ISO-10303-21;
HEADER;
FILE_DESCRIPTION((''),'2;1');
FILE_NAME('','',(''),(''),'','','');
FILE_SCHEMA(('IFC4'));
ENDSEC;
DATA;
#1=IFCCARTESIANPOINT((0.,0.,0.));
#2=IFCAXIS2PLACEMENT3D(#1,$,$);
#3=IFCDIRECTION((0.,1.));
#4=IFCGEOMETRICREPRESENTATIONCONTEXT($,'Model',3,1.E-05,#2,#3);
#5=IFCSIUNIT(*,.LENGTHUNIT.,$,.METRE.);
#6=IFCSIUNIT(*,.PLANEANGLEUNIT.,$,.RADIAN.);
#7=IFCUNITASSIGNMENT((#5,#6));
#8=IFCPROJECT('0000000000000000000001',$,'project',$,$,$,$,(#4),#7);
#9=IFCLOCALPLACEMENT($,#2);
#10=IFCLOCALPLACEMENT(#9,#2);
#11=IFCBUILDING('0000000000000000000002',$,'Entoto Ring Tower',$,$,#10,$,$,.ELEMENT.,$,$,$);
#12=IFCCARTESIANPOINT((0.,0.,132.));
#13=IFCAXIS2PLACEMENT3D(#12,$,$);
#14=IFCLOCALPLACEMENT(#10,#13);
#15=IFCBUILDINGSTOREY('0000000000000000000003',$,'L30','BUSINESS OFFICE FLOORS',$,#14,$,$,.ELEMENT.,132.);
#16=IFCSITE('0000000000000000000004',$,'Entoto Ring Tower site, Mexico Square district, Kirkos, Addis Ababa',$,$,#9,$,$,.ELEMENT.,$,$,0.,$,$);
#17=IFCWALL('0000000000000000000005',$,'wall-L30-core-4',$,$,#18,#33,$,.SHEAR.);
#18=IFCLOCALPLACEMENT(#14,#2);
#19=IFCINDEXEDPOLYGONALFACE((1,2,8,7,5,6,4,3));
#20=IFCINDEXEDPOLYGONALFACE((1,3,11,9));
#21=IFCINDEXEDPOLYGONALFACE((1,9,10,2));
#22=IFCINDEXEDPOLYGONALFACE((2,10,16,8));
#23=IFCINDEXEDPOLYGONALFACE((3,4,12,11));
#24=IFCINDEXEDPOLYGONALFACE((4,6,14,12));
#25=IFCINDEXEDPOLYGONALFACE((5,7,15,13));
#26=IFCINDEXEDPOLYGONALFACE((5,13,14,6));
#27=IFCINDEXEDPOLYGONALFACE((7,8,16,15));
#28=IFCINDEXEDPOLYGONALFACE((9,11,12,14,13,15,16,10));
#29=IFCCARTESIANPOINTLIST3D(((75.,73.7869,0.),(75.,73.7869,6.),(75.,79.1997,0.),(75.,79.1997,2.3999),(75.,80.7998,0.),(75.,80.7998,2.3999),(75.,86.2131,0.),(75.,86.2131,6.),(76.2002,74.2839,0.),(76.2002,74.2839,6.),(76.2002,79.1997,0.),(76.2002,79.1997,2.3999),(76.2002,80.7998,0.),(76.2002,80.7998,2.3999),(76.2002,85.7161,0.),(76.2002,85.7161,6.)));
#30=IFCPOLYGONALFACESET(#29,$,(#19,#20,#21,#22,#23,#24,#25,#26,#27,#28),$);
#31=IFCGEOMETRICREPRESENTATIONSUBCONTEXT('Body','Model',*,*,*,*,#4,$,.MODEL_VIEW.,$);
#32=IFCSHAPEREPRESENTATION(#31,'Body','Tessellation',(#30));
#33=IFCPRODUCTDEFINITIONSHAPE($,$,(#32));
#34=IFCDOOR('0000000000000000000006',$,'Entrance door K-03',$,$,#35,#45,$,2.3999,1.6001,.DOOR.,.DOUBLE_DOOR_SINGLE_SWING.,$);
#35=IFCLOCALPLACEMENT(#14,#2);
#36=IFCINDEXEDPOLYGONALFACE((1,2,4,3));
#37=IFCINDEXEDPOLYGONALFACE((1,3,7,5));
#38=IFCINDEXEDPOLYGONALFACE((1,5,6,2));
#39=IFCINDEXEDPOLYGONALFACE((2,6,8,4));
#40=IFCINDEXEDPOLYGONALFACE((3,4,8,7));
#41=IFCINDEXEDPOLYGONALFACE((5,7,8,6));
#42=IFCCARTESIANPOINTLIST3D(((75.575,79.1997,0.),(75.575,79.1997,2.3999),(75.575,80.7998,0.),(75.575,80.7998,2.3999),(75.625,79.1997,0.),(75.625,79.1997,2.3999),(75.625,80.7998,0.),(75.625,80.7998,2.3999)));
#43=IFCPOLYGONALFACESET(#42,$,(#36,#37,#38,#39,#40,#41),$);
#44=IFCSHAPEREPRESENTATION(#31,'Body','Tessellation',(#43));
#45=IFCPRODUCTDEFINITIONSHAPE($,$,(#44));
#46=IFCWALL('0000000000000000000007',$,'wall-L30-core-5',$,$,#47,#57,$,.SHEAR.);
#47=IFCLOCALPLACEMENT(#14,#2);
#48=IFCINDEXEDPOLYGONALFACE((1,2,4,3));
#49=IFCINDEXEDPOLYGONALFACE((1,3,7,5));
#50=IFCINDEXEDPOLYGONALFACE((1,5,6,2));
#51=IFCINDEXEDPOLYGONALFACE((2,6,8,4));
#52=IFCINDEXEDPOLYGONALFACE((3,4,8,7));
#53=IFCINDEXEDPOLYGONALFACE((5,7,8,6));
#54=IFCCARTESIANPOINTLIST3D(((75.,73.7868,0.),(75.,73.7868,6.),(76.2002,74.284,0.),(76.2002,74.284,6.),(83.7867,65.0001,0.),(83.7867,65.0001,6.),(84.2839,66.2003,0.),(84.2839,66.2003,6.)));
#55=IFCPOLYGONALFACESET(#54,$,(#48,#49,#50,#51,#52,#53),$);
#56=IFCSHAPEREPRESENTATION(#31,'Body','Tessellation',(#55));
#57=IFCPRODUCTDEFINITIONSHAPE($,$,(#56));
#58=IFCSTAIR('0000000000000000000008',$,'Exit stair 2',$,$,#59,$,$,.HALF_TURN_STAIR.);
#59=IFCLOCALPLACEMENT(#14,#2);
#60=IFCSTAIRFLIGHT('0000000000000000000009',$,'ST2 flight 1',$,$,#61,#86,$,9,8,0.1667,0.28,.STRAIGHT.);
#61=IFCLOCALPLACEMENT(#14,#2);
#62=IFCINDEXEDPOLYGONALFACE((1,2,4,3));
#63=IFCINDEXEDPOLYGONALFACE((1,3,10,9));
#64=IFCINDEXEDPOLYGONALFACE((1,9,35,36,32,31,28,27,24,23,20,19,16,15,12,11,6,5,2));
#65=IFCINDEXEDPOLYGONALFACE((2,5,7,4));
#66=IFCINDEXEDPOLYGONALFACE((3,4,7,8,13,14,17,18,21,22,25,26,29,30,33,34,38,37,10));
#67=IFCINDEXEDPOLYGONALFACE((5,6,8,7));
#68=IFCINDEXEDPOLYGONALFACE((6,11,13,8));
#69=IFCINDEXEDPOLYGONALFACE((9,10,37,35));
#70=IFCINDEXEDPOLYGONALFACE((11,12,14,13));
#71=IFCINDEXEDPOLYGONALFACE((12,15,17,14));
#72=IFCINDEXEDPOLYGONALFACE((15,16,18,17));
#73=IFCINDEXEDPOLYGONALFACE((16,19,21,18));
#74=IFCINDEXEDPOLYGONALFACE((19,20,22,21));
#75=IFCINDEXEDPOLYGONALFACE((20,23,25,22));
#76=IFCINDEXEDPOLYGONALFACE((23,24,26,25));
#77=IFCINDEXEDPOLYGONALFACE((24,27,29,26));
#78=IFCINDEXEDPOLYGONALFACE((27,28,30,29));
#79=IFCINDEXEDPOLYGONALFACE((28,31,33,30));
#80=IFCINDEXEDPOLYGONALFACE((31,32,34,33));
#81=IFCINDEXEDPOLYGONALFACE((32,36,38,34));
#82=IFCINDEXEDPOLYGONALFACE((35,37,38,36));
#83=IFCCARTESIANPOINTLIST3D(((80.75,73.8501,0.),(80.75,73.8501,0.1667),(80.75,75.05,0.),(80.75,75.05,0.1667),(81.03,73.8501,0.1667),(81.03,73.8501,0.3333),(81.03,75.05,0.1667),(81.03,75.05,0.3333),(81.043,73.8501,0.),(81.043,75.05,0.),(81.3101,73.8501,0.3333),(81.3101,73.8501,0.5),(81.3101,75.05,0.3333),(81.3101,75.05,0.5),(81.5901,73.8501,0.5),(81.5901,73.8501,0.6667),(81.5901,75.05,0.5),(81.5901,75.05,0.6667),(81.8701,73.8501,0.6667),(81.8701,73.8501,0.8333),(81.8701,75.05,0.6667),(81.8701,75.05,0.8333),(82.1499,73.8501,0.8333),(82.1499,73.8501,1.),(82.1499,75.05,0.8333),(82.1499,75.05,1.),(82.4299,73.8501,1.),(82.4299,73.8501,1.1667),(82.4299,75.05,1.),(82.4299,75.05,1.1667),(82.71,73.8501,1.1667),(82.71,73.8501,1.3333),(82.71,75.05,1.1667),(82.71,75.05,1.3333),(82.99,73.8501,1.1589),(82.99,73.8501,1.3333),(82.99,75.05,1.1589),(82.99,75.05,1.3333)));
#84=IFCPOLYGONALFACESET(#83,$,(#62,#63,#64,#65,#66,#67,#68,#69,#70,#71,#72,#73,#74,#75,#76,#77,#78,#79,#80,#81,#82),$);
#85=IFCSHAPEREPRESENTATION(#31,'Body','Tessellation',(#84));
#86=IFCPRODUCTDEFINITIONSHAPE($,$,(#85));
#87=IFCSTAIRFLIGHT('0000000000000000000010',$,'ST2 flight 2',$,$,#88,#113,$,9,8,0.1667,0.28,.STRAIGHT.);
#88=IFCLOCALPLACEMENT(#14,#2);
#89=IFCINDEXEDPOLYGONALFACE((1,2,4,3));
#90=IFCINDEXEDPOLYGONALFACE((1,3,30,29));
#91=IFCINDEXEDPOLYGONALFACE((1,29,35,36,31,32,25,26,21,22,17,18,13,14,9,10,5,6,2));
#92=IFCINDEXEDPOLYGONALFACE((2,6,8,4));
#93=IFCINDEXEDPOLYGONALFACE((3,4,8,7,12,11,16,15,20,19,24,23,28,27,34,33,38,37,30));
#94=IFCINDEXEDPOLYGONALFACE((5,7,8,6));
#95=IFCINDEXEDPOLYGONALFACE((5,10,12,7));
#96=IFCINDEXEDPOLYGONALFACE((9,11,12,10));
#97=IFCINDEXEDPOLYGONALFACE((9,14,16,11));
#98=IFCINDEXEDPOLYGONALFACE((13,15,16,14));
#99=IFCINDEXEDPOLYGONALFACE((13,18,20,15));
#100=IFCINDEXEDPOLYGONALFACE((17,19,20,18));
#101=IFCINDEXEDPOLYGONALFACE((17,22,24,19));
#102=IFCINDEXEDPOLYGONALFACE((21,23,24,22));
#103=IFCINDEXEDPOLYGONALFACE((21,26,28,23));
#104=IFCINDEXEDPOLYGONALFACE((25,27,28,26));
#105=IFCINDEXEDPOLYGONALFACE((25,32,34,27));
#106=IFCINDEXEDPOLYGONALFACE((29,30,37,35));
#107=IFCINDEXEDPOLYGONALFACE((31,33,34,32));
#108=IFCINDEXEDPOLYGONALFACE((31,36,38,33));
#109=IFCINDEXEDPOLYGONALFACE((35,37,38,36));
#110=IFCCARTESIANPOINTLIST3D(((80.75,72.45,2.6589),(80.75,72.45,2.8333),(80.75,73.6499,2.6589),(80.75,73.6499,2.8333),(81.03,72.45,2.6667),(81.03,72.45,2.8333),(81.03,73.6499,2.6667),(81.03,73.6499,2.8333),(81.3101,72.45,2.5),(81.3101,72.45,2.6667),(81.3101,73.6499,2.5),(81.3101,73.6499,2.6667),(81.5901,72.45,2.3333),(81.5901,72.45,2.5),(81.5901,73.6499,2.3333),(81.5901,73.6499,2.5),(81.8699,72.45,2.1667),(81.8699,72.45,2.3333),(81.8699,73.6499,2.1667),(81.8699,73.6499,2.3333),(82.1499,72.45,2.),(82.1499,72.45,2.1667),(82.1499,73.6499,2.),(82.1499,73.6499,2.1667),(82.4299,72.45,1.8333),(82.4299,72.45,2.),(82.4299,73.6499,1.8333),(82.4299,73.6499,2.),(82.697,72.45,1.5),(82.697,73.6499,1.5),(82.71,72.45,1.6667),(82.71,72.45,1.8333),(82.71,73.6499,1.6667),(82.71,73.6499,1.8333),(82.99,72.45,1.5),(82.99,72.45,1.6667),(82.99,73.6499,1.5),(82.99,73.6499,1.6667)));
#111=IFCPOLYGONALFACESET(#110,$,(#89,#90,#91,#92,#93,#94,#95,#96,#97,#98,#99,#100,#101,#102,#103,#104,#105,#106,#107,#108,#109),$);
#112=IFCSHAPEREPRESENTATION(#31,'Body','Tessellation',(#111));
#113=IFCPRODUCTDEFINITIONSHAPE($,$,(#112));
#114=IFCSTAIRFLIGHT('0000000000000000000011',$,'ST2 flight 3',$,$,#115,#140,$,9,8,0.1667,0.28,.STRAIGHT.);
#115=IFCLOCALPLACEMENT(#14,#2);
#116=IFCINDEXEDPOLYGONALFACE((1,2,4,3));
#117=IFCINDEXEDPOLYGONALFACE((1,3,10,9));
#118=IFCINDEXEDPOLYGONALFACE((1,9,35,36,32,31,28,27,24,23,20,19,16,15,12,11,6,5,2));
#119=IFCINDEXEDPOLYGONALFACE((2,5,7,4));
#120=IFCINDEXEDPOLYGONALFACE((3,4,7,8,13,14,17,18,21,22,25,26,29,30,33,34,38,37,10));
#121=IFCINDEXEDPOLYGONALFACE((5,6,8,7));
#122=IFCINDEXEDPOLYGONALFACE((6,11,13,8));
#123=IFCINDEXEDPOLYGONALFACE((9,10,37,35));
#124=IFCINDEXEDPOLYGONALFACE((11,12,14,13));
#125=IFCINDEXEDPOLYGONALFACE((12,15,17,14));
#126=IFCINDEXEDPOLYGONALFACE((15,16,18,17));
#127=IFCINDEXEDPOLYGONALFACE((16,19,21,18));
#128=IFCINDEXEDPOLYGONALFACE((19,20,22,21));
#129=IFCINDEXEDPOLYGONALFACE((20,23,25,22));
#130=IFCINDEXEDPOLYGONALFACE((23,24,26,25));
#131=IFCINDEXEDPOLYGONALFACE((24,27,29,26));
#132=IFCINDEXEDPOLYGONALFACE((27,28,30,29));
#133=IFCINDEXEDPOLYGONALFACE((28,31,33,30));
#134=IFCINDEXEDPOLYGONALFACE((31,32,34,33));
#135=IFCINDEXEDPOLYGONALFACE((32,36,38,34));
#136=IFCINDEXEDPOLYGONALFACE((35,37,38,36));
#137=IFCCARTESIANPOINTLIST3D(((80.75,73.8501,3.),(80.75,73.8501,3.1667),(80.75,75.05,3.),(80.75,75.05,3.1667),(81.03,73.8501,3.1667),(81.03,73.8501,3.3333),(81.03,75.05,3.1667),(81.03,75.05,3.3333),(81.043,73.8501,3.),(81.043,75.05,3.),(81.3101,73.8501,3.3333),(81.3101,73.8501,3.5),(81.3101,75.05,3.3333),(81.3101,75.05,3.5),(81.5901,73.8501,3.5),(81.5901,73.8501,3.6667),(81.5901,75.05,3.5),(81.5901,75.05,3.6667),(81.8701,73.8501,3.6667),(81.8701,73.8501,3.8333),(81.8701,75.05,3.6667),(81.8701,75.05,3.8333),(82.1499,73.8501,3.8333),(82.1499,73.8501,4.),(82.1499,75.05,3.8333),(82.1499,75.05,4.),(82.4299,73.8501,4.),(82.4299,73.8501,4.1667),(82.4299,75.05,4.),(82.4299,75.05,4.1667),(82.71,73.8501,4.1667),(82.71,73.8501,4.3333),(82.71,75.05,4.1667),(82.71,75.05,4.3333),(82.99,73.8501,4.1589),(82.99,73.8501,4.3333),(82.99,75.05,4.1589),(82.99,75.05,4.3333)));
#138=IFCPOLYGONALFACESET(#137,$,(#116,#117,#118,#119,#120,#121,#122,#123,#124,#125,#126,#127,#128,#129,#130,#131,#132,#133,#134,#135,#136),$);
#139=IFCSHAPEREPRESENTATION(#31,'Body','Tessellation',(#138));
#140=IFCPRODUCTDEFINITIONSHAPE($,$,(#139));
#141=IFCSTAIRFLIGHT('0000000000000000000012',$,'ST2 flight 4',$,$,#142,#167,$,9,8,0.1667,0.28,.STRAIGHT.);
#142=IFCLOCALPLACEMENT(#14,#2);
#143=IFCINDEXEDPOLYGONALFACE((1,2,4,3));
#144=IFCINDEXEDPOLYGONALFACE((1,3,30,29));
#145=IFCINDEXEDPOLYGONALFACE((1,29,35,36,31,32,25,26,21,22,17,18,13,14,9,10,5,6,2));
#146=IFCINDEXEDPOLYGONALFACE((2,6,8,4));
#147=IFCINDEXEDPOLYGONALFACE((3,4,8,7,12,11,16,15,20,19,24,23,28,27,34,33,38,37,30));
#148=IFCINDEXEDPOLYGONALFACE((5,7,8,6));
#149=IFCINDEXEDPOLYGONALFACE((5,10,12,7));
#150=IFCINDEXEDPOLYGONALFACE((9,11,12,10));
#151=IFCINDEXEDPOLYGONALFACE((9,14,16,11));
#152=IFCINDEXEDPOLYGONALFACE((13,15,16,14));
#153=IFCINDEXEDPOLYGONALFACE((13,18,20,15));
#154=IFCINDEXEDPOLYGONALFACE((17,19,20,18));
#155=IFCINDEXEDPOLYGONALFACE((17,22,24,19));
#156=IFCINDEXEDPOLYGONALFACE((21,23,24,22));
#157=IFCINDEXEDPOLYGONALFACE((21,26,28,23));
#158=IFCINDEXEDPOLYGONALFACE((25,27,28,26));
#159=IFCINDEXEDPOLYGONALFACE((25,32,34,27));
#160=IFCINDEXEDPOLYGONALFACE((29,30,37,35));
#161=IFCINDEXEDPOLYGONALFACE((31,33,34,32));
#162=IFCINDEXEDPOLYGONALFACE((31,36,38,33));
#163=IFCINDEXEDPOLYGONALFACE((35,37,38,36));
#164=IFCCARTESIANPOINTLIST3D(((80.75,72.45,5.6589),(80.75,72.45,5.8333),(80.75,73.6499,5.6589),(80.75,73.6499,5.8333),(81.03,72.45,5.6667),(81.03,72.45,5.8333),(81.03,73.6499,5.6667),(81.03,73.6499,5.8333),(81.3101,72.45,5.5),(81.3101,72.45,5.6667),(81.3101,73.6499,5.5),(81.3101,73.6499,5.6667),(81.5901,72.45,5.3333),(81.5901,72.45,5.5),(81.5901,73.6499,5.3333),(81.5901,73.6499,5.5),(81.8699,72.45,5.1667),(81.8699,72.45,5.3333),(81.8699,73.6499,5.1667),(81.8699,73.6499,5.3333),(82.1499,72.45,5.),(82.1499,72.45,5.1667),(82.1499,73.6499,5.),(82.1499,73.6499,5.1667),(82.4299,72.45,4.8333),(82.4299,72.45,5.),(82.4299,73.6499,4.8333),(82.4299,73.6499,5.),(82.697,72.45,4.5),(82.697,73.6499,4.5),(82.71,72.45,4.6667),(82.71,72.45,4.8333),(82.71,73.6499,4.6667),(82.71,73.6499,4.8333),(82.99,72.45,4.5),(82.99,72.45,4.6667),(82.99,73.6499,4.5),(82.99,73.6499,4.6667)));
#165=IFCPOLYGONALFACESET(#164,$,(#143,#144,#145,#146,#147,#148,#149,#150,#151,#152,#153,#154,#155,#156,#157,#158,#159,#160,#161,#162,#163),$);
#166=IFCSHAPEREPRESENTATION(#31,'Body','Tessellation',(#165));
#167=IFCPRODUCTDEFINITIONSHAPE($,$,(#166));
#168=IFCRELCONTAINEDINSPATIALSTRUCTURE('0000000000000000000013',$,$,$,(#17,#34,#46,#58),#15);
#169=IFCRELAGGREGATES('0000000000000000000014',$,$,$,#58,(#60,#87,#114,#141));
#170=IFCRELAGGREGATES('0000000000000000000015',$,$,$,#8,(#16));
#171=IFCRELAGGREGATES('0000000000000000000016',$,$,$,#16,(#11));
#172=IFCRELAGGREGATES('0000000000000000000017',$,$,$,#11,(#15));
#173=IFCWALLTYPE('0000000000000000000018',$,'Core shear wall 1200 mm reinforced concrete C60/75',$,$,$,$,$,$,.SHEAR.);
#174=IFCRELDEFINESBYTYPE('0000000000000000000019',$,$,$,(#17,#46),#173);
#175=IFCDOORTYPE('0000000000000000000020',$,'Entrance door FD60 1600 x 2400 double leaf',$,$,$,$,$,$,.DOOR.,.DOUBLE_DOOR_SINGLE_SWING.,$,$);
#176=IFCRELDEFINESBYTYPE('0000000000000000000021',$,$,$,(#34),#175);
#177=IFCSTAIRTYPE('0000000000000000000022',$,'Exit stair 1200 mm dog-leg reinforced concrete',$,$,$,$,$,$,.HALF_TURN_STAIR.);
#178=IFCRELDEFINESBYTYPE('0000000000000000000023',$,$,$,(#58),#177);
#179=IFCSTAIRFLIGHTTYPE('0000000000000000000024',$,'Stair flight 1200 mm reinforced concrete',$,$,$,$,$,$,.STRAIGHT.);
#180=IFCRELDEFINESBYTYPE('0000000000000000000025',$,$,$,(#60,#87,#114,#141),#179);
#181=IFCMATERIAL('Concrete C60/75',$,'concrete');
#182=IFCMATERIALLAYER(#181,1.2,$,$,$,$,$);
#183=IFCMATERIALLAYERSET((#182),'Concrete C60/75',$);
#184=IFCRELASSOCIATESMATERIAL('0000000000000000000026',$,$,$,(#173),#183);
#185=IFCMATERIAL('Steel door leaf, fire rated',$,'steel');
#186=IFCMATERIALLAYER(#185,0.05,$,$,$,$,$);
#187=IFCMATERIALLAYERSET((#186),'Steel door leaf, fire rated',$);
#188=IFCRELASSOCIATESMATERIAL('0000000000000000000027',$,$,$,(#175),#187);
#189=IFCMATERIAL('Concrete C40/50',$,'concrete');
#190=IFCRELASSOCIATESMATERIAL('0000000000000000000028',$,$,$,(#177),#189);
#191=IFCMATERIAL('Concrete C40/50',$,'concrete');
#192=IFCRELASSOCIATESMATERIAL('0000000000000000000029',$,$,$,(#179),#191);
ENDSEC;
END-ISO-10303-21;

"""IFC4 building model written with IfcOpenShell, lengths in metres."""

from ifc_helpers import new_model, si_unit, direction, frame, frame_2d, origin, place, context, subcontext, project, spatial, polyline, rectangle, outline, extrude, material, layer, layer_set, type_object, element, fill, aggregate, save


model = new_model("IFC4")

# Units and contexts
model_context = context("Model", 3, precision=1e-05, world=origin(), true_north=direction((0.0, 1.0)))
body_context = subcontext(model_context, "Body", "Model", "MODEL_VIEW")
ifc_project = project(units=[si_unit("LENGTHUNIT", "METRE"), si_unit("PLANEANGLEUNIT", "RADIAN")], contexts=[model_context])

# Site, building, storey
site_placement = place(None, origin())
site = spatial("IfcSite", under=ifc_project, at=site_placement, Name="Entoto Ring Tower site, Mexico Square district, Kirkos, Addis Ababa", CompositionType="ELEMENT", RefElevation=0.0)
building_placement = place(site_placement, origin())
building = spatial("IfcBuilding", under=site, at=building_placement, Name="Entoto Ring Tower", CompositionType="ELEMENT")
storey_placement = place(building_placement, frame((0.0, 0.0, 132.0)))
storey = spatial("IfcBuildingStorey", under=building, at=storey_placement, Name="L30", Description="BUSINESS OFFICE FLOORS", CompositionType="ELEMENT", Elevation=132.0)

# Wall, opening, door
ifc_material_1 = material(Name="Concrete C60/75", Category="concrete")
ifc_layer_1 = layer(ifc_material_1, 1.2)
ifc_layer_set_1 = layer_set([ifc_layer_1], Name="Concrete C60/75")
wall_type_1 = type_object("IfcWallType", Name="Core shear wall 1200 mm reinforced concrete C60/75", PredefinedType="SHEAR", material=ifc_layer_set_1)
wall_1_placement = place(storey_placement, frame((75.6001, 85.9646, 0.0), z_axis=(0.0, 0.0, 1.0), x_axis=(0.0, -1.0, 0.0)))
wall_1 = element("IfcWall", 1, at=wall_1_placement, inside=storey, type_object=wall_type_1, Name="wall-L30-core-4", PredefinedType="SHEAR", context=body_context, shape_type="SweptSolid", body=[
    extrude(outline(polyline([(-0.2485, -0.6001), (12.1777, -0.6001), (11.6807, 0.6001), (0.2485, 0.6001), (-0.2485, -0.6001)])), origin(), (0.0, 0.0, 1.0), 6.0),
])
opening_1_placement = place(wall_1_placement, frame((5.1648, 0.0, 0.0)))
opening_1 = element("IfcOpeningElement", 2, at=opening_1_placement, cuts=wall_1, PredefinedType="OPENING", context=body_context, shape_type="SweptSolid", body=[
    extrude(rectangle(XDim=1.6001, YDim=2.3999, at=frame_2d((0.8, 1.2))), frame((0.0, 0.6099, 0.0), z_axis=(0.0, -1.0, 0.0), x_axis=(1.0, 0.0, 0.0)), (0.0, 0.0, 1.0), 1.22),
])
ifc_material_2 = material(Name="Steel door leaf, fire rated", Category="steel")
ifc_layer_2 = layer(ifc_material_2, 0.05)
ifc_layer_set_2 = layer_set([ifc_layer_2], Name="Steel door leaf, fire rated")
door_type_1 = type_object("IfcDoorType", Name="Entrance door FD60 1600 x 2400 double leaf", OperationType="DOUBLE_DOOR_SINGLE_SWING", PredefinedType="DOOR", material=ifc_layer_set_2)
door_1_placement = place(opening_1_placement, origin())
door_1 = element("IfcDoor", 3, at=door_1_placement, inside=storey, type_object=door_type_1, Name="Entrance door K-03", OperationType="DOUBLE_DOOR_SINGLE_SWING", OverallHeight=2.3999, OverallWidth=1.6001, PredefinedType="DOOR", context=body_context, shape_type="SweptSolid", body=[
    extrude(rectangle(XDim=1.6001, YDim=2.3999, at=frame_2d((0.8, 1.2))), frame((0.0, 0.0249, 0.0), z_axis=(0.0, -1.0, 0.0), x_axis=(1.0, 0.0, 0.0)), (0.0, 0.0, 1.0), 0.05),
])
fill(opening_1, door_1)

# Wall
wall_2_placement = place(storey_placement, frame((75.6001, 74.0354, 0.0), z_axis=(0.0, 0.0, 1.0), x_axis=(0.707107, -0.707107, 0.0)))
element("IfcWall", 4, at=wall_2_placement, inside=storey, type_object=wall_type_1, Name="wall-L30-core-5", PredefinedType="SHEAR", context=body_context, shape_type="SweptSolid", body=[
    extrude(outline(polyline([(-0.2485, -0.6001), (12.1777, -0.6001), (11.6807, 0.6001), (0.2485, 0.6001), (-0.2485, -0.6001)])), origin(), (0.0, 0.0, 1.0), 6.0),
])

# Stair, stair flights
ifc_material_3 = material(Name="Concrete C40/50", Category="concrete")
stair_type = type_object("IfcStairType", Name="Exit stair 1200 mm dog-leg reinforced concrete", PredefinedType="HALF_TURN_STAIR", material=ifc_material_3)
stair_placement = place(storey_placement, origin())
stair = element("IfcStair", 5, at=stair_placement, inside=storey, type_object=stair_type, Name="Exit stair 2", PredefinedType="HALF_TURN_STAIR")
ifc_material_4 = material(Name="Concrete C40/50", Category="concrete")
stair_flight_type = type_object("IfcStairFlightType", Name="Stair flight 1200 mm reinforced concrete", PredefinedType="STRAIGHT", material=ifc_material_4)
stair_flight_1_placement = place(storey_placement, frame((80.75, 74.45, 0.0), z_axis=(0.0, 0.0, 1.0), x_axis=(1.0, 0.0, 0.0)))
stair_flight_1 = element("IfcStairFlight", 6, at=stair_flight_1_placement, type_object=stair_flight_type, Name="ST2 flight 1", NumberOfRisers=9, NumberOfTreads=8, PredefinedType="STRAIGHT", RiserHeight=0.1667, TreadLength=0.28, context=body_context, shape_type="SweptSolid", body=[
    extrude(outline(polyline([(0.0, 0.0), (0.0, 0.1667), (0.28, 0.1667), (0.28, 0.3333), (0.5601, 0.3333), (0.5601, 0.5), (0.8401, 0.5), (0.8401, 0.6667), (1.1201, 0.6667), (1.1201, 0.8333), (1.3999, 0.8333), (1.3999, 1.0), (1.6799, 1.0), (1.6799, 1.1667), (1.96, 1.1667), (1.96, 1.3333), (2.24, 1.3333), (2.24, 1.5), (2.24, 1.1589), (0.293, 0.0), (0.0, 0.0)])), frame((0.0, 0.6001, 0.0), z_axis=(0.0, -1.0, 0.0), x_axis=(1.0, 0.0, 0.0)), (0.0, 0.0, 1.0), 1.2),
])
stair_flight_2_placement = place(storey_placement, frame((82.99, 73.05, 1.5), z_axis=(0.0, 0.0, 1.0), x_axis=(-1.0, 0.0, 0.0)))
stair_flight_2 = element("IfcStairFlight", 7, at=stair_flight_2_placement, type_object=stair_flight_type, Name="ST2 flight 2", NumberOfRisers=9, NumberOfTreads=8, PredefinedType="STRAIGHT", RiserHeight=0.1667, TreadLength=0.28, context=body_context, shape_type="SweptSolid", body=[
    extrude(outline(polyline([(0.0, 0.0), (0.0, 0.1667), (0.28, 0.1667), (0.28, 0.3333), (0.5601, 0.3333), (0.5601, 0.5), (0.8401, 0.5), (0.8401, 0.6667), (1.1201, 0.6667), (1.1201, 0.8333), (1.3999, 0.8333), (1.3999, 1.0), (1.6799, 1.0), (1.6799, 1.1667), (1.96, 1.1667), (1.96, 1.3333), (2.24, 1.3333), (2.24, 1.5), (2.24, 1.1589), (0.293, 0.0), (0.0, 0.0)])), frame((0.0, 0.6001, 0.0), z_axis=(0.0, -1.0, 0.0), x_axis=(1.0, 0.0, 0.0)), (0.0, 0.0, 1.0), 1.2),
])
stair_flight_3_placement = place(storey_placement, frame((80.75, 74.45, 3.0), z_axis=(0.0, 0.0, 1.0), x_axis=(1.0, 0.0, 0.0)))
stair_flight_3 = element("IfcStairFlight", 8, at=stair_flight_3_placement, type_object=stair_flight_type, Name="ST2 flight 3", NumberOfRisers=9, NumberOfTreads=8, PredefinedType="STRAIGHT", RiserHeight=0.1667, TreadLength=0.28, context=body_context, shape_type="SweptSolid", body=[
    extrude(outline(polyline([(0.0, 0.0), (0.0, 0.1667), (0.28, 0.1667), (0.28, 0.3333), (0.5601, 0.3333), (0.5601, 0.5), (0.8401, 0.5), (0.8401, 0.6667), (1.1201, 0.6667), (1.1201, 0.8333), (1.3999, 0.8333), (1.3999, 1.0), (1.6799, 1.0), (1.6799, 1.1667), (1.96, 1.1667), (1.96, 1.3333), (2.24, 1.3333), (2.24, 1.5), (2.24, 1.1589), (0.293, 0.0), (0.0, 0.0)])), frame((0.0, 0.6001, 0.0), z_axis=(0.0, -1.0, 0.0), x_axis=(1.0, 0.0, 0.0)), (0.0, 0.0, 1.0), 1.2),
])
stair_flight_4_placement = place(storey_placement, frame((82.99, 73.05, 4.5), z_axis=(0.0, 0.0, 1.0), x_axis=(-1.0, 0.0, 0.0)))
stair_flight_4 = element("IfcStairFlight", 9, at=stair_flight_4_placement, type_object=stair_flight_type, Name="ST2 flight 4", NumberOfRisers=9, NumberOfTreads=8, PredefinedType="STRAIGHT", RiserHeight=0.1667, TreadLength=0.28, context=body_context, shape_type="SweptSolid", body=[
    extrude(outline(polyline([(0.0, 0.0), (0.0, 0.1667), (0.28, 0.1667), (0.28, 0.3333), (0.5601, 0.3333), (0.5601, 0.5), (0.8401, 0.5), (0.8401, 0.6667), (1.1201, 0.6667), (1.1201, 0.8333), (1.3999, 0.8333), (1.3999, 1.0), (1.6799, 1.0), (1.6799, 1.1667), (1.96, 1.1667), (1.96, 1.3333), (2.24, 1.3333), (2.24, 1.5), (2.24, 1.1589), (0.293, 0.0), (0.0, 0.0)])), frame((0.0, 0.6001, 0.0), z_axis=(0.0, -1.0, 0.0), x_axis=(1.0, 0.0, 0.0)), (0.0, 0.0, 1.0), 1.2),
])
aggregate(stair, [stair_flight_1, stair_flight_2, stair_flight_3, stair_flight_4])

save(model, "model.ifc")
